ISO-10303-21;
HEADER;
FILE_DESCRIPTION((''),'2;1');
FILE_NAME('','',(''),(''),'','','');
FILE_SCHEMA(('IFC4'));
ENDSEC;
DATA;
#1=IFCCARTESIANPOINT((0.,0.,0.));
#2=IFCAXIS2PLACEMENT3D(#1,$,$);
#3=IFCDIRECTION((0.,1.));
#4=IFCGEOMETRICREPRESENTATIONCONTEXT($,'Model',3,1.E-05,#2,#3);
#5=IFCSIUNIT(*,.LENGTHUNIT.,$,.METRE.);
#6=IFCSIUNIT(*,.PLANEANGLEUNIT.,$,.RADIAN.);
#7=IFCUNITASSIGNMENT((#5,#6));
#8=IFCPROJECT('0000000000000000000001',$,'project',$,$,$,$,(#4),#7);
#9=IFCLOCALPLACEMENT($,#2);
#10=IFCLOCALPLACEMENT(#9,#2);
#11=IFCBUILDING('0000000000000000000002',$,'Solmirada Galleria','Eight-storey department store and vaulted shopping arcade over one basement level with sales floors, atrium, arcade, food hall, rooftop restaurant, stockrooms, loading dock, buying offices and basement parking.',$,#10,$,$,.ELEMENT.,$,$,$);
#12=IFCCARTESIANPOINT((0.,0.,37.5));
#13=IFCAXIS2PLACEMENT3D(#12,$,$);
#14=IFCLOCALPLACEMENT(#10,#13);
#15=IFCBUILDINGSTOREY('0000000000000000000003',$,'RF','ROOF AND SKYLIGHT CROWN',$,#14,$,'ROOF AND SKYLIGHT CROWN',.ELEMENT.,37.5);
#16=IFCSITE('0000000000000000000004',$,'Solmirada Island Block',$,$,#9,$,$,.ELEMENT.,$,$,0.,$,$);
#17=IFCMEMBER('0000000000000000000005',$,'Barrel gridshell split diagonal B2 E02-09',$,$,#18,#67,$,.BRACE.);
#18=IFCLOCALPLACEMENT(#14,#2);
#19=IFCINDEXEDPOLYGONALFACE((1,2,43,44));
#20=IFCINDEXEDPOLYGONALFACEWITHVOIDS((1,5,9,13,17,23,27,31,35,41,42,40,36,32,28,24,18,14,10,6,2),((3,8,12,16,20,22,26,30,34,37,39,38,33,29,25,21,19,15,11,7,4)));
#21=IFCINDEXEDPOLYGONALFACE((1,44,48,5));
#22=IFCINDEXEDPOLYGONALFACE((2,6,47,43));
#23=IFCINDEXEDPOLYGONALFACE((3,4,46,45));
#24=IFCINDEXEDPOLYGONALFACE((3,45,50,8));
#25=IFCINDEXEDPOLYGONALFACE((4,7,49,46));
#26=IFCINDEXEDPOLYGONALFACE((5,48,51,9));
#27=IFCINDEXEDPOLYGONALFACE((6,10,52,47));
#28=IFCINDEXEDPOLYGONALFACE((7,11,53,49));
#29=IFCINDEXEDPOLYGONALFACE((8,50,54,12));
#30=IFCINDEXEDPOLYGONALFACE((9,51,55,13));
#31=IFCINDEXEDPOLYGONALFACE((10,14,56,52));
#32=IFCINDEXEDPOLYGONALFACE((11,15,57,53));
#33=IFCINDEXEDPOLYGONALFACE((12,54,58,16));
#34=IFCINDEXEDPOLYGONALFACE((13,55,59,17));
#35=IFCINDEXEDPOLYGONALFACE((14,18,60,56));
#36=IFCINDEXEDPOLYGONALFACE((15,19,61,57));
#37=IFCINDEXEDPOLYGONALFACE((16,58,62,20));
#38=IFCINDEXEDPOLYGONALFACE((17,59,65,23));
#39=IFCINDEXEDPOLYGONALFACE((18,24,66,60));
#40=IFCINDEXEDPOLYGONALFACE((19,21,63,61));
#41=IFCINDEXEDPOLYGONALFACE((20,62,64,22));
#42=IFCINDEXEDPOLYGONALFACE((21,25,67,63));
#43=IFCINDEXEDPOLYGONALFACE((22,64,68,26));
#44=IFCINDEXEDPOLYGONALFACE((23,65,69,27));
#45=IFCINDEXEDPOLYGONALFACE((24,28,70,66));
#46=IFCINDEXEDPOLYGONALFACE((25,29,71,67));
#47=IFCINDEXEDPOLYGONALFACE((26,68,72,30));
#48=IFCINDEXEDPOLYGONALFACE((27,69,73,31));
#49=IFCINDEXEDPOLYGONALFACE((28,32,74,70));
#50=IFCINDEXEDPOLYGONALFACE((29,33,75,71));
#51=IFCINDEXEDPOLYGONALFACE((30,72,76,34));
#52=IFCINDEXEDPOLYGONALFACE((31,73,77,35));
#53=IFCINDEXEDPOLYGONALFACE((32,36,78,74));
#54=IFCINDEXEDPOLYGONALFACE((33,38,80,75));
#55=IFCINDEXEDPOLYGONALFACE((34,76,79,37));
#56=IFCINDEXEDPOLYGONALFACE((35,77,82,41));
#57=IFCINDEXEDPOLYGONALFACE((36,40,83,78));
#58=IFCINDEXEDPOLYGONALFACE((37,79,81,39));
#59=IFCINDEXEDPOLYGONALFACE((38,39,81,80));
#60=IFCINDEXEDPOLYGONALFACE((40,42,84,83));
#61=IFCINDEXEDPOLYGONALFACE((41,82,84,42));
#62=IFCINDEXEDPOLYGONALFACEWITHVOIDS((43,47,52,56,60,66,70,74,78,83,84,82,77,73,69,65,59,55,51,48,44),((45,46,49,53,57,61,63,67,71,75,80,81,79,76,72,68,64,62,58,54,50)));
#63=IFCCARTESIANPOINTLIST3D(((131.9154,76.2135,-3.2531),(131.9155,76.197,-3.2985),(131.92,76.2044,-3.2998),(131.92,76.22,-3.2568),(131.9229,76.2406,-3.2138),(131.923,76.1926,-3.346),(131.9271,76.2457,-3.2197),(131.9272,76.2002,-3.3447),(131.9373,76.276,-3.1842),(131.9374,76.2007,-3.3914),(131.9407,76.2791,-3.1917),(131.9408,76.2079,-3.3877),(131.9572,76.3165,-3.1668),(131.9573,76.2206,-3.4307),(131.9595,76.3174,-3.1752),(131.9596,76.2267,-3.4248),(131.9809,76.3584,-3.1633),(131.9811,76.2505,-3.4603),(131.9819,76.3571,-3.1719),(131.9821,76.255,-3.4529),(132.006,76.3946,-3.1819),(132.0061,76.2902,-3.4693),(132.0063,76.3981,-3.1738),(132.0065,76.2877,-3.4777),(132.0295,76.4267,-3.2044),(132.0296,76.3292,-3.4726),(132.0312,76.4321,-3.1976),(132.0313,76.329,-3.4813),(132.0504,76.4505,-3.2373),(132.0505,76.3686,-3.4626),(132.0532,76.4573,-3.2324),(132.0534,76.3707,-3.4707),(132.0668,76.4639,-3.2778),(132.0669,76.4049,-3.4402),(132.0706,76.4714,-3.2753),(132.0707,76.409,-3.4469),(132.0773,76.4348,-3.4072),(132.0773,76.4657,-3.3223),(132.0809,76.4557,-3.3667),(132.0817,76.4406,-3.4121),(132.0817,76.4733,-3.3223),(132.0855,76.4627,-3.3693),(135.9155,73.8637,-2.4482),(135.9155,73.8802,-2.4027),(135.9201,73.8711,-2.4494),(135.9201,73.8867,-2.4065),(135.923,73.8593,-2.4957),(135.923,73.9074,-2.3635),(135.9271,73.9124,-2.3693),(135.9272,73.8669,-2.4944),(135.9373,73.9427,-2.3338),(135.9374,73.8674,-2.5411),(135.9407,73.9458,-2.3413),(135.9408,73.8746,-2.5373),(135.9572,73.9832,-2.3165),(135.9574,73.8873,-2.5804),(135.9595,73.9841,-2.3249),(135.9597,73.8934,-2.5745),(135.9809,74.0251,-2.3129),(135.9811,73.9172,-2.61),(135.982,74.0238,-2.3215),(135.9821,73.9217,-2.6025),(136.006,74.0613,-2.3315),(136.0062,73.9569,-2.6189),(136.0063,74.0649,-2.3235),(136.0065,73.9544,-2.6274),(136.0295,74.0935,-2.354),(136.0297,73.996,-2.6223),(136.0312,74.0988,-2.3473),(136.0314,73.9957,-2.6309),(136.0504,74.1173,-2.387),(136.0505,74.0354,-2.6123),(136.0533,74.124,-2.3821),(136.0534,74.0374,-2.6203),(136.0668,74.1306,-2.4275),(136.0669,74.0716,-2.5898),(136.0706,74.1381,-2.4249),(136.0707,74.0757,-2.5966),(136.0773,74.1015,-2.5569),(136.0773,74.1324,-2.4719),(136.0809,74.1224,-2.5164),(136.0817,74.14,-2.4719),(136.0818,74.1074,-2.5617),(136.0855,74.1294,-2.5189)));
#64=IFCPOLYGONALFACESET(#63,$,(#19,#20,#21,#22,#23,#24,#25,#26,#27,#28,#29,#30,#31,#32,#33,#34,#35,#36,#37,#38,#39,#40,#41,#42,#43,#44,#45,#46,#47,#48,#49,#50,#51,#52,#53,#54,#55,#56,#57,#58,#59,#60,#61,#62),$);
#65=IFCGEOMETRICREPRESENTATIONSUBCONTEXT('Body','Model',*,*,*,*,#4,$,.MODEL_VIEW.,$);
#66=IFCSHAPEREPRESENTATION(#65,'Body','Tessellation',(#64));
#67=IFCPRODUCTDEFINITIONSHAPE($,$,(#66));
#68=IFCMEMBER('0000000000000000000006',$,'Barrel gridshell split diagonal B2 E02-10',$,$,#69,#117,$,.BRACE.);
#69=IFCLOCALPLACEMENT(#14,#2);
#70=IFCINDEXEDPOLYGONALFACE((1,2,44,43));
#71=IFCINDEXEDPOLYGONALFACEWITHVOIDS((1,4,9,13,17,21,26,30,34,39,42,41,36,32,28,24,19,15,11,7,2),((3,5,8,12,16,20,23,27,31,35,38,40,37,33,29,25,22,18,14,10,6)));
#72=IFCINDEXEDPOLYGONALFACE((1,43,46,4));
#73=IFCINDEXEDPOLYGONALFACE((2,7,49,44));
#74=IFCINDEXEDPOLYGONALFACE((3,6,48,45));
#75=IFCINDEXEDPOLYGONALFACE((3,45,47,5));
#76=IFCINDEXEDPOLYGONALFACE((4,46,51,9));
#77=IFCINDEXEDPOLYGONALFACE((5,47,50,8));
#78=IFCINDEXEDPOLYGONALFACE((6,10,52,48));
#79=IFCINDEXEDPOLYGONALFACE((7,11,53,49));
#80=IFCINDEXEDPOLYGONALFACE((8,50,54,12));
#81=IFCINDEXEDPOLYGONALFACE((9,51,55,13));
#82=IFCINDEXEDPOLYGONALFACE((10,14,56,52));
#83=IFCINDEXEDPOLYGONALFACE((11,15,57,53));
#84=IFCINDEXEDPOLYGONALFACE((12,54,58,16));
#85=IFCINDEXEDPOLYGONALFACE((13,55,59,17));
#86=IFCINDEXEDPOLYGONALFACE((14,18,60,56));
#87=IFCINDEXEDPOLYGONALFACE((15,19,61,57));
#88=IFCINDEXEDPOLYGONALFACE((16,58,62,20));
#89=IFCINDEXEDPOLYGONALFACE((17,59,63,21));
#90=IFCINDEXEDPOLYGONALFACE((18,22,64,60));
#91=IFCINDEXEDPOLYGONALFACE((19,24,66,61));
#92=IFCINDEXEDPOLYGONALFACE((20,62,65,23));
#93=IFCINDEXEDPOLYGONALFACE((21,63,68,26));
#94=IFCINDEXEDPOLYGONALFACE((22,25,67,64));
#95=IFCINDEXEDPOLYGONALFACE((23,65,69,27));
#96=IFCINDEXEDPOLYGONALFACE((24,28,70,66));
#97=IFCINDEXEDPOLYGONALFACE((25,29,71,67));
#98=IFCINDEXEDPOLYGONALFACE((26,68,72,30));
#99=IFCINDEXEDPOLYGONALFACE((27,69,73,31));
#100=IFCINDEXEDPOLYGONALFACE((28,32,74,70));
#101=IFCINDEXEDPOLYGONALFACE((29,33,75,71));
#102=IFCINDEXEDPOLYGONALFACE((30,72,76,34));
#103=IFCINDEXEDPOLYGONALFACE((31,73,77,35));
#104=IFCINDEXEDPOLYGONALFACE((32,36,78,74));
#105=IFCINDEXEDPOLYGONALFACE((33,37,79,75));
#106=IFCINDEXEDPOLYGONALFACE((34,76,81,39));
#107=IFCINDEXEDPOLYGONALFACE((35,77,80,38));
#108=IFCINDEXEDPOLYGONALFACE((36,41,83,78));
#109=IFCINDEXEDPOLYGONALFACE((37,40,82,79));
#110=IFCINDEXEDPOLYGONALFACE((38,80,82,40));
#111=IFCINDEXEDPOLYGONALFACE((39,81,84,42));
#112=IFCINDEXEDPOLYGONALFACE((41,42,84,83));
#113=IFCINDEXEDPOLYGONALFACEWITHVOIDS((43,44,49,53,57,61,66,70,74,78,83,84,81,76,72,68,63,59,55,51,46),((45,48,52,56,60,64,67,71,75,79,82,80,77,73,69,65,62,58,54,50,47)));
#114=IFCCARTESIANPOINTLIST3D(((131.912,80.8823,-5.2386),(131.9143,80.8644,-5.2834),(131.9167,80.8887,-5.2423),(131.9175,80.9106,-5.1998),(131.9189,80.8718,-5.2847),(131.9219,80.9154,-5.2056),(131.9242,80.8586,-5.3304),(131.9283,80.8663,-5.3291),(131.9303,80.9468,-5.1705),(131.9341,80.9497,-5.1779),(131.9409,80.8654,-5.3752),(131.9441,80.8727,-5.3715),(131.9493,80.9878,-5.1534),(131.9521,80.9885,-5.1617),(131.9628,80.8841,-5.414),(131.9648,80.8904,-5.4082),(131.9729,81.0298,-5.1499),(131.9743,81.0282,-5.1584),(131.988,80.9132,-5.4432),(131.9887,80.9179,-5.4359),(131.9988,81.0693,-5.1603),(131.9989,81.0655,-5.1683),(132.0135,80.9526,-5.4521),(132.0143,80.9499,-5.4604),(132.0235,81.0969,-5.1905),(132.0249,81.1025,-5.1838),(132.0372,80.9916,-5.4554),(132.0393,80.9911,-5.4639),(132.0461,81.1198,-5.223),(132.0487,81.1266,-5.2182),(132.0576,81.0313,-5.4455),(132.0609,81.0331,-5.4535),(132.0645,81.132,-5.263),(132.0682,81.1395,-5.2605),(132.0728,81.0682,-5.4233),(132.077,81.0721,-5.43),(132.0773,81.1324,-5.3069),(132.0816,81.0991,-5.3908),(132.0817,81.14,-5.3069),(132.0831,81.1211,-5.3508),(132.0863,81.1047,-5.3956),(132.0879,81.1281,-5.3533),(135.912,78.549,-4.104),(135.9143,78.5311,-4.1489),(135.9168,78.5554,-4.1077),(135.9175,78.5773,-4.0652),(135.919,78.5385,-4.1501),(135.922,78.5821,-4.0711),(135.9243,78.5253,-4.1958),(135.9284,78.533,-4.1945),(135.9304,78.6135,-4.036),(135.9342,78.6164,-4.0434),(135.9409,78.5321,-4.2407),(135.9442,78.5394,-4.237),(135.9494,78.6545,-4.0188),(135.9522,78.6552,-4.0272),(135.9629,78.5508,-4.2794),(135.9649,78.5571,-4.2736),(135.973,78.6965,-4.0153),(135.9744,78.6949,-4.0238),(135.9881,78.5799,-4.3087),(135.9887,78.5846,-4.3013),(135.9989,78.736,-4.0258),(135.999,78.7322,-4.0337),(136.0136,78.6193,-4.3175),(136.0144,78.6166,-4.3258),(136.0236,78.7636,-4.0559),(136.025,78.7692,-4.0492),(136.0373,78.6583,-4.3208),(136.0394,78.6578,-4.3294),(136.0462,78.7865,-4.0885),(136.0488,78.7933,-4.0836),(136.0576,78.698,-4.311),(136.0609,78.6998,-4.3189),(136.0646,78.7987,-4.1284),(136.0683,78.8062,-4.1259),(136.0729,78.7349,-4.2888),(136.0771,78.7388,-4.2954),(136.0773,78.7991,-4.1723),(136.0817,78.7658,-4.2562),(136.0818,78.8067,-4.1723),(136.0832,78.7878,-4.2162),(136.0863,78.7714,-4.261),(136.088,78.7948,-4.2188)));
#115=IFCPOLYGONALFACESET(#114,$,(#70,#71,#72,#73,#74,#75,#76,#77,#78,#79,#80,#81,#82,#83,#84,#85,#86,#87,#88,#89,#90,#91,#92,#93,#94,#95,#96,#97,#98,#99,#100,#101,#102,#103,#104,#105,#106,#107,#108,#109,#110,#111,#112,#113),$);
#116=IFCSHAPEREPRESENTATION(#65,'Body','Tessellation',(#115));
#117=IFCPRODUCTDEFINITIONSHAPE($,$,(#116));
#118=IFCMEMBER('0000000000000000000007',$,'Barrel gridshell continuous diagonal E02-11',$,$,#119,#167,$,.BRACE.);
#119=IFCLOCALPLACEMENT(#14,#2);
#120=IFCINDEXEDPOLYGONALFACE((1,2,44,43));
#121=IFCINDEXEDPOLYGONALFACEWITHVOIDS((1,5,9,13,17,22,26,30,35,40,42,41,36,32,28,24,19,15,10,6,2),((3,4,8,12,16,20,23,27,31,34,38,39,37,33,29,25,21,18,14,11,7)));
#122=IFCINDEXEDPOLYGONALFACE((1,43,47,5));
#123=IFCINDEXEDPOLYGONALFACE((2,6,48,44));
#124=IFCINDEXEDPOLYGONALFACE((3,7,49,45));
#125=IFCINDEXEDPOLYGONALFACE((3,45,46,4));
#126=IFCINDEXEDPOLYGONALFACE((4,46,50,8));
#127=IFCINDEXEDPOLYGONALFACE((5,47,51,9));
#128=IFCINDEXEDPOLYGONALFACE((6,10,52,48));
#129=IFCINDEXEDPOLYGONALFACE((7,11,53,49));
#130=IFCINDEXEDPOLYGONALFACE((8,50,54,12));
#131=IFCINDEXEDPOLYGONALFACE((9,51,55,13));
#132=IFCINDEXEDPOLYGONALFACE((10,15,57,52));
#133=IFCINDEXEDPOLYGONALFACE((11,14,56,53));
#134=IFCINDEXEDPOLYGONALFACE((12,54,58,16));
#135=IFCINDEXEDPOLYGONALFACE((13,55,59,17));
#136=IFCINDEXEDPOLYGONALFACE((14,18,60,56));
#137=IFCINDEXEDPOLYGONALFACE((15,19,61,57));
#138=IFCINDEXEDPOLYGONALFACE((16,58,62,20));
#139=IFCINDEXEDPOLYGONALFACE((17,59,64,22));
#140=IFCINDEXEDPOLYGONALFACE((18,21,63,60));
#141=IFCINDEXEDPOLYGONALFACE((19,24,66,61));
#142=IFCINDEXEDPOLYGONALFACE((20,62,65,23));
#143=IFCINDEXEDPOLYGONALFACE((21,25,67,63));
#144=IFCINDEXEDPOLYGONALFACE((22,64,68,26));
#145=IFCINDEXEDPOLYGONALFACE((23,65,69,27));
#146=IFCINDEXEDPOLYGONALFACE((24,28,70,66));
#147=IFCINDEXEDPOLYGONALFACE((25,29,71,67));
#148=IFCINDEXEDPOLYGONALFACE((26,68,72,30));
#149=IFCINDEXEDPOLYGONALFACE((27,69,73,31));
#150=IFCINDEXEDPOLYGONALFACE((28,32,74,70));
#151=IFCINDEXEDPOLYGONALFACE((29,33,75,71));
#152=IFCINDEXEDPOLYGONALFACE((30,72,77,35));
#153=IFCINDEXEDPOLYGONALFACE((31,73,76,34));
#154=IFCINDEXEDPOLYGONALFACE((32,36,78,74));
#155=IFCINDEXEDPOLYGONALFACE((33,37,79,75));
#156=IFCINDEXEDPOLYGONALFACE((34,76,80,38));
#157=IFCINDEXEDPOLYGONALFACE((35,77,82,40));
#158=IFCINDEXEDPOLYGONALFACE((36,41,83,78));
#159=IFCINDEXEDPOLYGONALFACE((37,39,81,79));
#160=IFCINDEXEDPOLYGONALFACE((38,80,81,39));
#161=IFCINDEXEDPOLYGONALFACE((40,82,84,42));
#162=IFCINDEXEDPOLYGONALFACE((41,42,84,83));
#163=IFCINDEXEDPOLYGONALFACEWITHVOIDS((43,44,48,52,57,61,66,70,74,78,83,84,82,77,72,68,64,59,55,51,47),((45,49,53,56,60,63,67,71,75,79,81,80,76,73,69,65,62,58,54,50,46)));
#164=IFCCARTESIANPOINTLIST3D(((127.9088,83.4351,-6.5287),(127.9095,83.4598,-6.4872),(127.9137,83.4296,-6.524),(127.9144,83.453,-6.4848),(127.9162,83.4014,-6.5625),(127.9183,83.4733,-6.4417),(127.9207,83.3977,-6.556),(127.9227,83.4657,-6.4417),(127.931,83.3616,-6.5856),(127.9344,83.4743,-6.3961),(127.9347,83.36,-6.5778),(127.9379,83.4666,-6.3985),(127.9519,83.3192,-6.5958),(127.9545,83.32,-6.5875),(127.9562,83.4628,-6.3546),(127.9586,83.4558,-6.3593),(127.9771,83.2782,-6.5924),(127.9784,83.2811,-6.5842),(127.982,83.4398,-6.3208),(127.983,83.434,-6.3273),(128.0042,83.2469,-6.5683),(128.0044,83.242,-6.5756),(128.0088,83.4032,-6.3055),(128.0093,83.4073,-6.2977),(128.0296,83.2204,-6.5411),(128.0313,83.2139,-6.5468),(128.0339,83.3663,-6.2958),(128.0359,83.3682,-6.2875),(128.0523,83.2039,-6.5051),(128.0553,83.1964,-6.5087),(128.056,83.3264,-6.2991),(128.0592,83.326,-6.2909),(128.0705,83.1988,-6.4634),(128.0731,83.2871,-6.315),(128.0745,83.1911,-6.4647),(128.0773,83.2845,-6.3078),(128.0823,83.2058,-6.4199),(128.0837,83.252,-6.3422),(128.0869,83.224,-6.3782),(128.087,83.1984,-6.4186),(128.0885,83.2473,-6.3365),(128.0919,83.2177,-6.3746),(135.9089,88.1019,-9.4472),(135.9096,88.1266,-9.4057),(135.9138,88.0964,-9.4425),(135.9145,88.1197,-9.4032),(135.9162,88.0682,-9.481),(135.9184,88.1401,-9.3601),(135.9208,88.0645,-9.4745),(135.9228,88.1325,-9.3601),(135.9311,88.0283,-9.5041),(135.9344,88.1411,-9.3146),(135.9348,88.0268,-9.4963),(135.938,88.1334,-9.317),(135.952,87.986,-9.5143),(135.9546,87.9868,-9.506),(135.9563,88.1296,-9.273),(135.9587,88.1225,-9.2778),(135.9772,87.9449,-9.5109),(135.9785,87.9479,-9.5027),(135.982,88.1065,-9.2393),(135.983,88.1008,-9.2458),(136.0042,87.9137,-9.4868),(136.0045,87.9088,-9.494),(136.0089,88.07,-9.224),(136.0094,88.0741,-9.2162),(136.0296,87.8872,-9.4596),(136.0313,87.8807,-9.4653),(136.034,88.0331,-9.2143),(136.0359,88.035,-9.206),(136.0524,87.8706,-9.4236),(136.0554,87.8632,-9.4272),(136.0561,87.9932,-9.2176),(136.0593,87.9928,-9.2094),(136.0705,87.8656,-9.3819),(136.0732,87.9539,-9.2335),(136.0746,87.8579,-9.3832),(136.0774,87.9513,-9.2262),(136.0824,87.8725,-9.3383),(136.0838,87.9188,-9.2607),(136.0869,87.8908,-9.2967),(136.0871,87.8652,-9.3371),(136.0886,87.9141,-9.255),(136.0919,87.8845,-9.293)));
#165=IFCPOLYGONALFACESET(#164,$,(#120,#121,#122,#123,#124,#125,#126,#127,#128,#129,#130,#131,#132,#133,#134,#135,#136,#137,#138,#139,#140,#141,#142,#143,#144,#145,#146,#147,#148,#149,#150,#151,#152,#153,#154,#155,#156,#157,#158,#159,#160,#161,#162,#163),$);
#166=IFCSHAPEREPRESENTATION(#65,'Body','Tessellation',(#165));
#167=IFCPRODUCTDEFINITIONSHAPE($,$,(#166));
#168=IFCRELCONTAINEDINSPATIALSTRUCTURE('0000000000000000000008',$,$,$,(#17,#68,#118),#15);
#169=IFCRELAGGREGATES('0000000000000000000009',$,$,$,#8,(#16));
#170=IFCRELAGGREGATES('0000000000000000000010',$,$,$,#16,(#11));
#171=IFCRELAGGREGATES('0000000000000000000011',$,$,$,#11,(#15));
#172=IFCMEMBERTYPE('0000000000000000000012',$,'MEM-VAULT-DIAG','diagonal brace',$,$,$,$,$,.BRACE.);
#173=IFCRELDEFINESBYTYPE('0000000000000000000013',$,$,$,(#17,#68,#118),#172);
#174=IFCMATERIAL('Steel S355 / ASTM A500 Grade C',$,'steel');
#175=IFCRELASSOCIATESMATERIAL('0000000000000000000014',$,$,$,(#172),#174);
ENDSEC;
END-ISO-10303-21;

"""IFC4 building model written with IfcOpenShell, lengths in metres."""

from ifc_helpers import new_model, si_unit, direction, frame, origin, origin_2d, place, context, subcontext, project, spatial, hollow_circle, extrude, material, material_profile, profile_set, type_object, element, save


model = new_model("IFC4")

# Units and contexts
model_context = context("Model", 3, precision=1e-05, world=origin(), true_north=direction((0.0, 1.0)))
body_context = subcontext(model_context, "Body", "Model", "MODEL_VIEW")
ifc_project = project(units=[si_unit("LENGTHUNIT", "METRE"), si_unit("PLANEANGLEUNIT", "RADIAN")], contexts=[model_context])

# Site, building, storey
site_placement = place(None, origin())
site = spatial("IfcSite", under=ifc_project, at=site_placement, Name="Solmirada Island Block", CompositionType="ELEMENT", RefElevation=0.0)
building_placement = place(site_placement, origin())
building = spatial("IfcBuilding", under=site, at=building_placement, Name="Solmirada Galleria", Description="Eight-storey department store and vaulted shopping arcade over one basement level with sales floors, atrium, arcade, food hall, rooftop restaurant, stockrooms, loading dock, buying offices and basement parking.", CompositionType="ELEMENT")
storey_placement = place(building_placement, frame((0.0, 0.0, 37.5)))
storey = spatial("IfcBuildingStorey", under=building, at=storey_placement, Name="RF", Description="ROOF AND SKYLIGHT CROWN", LongName="ROOF AND SKYLIGHT CROWN", CompositionType="ELEMENT", Elevation=37.5)

# Members
ifc_material_1 = material(Name="Steel S355 / ASTM A500 Grade C", Category="steel")
ifc_material_profile_1 = material_profile(ifc_material_1, hollow_circle(Radius=0.1621, WallThickness=0.0088, at=origin_2d()), Name="HSS12.750X0.375")
ifc_profile_set_1 = profile_set([ifc_material_profile_1], Name="Steel S355 / ASTM A500 Grade C")
member_type_1 = type_object("IfcMemberType", Name="MEM-VAULT-DIAG", Description="diagonal brace", PredefinedType="BRACE", material=ifc_profile_set_1)
member_1_placement = place(storey_placement, frame((132.0, 76.3333, -3.3223), z_axis=(0.849582, -0.495572, 0.180609), x_axis=(0.503858, 0.863787, 0.0)))
element("IfcMember", 1, at=member_1_placement, inside=storey, type_object=member_type_1, Name="Barrel gridshell split diagonal B2 E02-09", PredefinedType="BRACE", context=body_context, shape_type="SweptSolid", body=[
    extrude(hollow_circle(Radius=0.1621, WallThickness=0.0088, at=origin_2d()), origin(), (0.0, 0.0, 1.0), 4.7083),
])
member_2_placement = place(storey_placement, frame((132.0, 81.0, -5.3069), z_axis=(0.838975, -0.489385, 0.237959), x_axis=(0.503858, 0.863787, 0.0)))
element("IfcMember", 2, at=member_2_placement, inside=storey, type_object=member_type_1, Name="Barrel gridshell split diagonal B2 E02-10", PredefinedType="BRACE", context=body_context, shape_type="SweptSolid", body=[
    extrude(hollow_circle(Radius=0.1621, WallThickness=0.0088, at=origin_2d()), origin(), (0.0, 0.0, 1.0), 4.7678),
])
member_3_placement = place(storey_placement, frame((128.0, 83.3333, -6.4417), z_axis=(0.823841, 0.480582, -0.300543), x_axis=(-0.503878, 0.863775, 0.0)))
element("IfcMember", 3, at=member_3_placement, inside=storey, type_object=member_type_1, Name="Barrel gridshell continuous diagonal E02-11", PredefinedType="BRACE", context=body_context, shape_type="SweptSolid", body=[
    extrude(hollow_circle(Radius=0.1621, WallThickness=0.0088, at=origin_2d()), origin(), (0.0, 0.0, 1.0), 9.7107),
])

save(model, "model.ifc")
